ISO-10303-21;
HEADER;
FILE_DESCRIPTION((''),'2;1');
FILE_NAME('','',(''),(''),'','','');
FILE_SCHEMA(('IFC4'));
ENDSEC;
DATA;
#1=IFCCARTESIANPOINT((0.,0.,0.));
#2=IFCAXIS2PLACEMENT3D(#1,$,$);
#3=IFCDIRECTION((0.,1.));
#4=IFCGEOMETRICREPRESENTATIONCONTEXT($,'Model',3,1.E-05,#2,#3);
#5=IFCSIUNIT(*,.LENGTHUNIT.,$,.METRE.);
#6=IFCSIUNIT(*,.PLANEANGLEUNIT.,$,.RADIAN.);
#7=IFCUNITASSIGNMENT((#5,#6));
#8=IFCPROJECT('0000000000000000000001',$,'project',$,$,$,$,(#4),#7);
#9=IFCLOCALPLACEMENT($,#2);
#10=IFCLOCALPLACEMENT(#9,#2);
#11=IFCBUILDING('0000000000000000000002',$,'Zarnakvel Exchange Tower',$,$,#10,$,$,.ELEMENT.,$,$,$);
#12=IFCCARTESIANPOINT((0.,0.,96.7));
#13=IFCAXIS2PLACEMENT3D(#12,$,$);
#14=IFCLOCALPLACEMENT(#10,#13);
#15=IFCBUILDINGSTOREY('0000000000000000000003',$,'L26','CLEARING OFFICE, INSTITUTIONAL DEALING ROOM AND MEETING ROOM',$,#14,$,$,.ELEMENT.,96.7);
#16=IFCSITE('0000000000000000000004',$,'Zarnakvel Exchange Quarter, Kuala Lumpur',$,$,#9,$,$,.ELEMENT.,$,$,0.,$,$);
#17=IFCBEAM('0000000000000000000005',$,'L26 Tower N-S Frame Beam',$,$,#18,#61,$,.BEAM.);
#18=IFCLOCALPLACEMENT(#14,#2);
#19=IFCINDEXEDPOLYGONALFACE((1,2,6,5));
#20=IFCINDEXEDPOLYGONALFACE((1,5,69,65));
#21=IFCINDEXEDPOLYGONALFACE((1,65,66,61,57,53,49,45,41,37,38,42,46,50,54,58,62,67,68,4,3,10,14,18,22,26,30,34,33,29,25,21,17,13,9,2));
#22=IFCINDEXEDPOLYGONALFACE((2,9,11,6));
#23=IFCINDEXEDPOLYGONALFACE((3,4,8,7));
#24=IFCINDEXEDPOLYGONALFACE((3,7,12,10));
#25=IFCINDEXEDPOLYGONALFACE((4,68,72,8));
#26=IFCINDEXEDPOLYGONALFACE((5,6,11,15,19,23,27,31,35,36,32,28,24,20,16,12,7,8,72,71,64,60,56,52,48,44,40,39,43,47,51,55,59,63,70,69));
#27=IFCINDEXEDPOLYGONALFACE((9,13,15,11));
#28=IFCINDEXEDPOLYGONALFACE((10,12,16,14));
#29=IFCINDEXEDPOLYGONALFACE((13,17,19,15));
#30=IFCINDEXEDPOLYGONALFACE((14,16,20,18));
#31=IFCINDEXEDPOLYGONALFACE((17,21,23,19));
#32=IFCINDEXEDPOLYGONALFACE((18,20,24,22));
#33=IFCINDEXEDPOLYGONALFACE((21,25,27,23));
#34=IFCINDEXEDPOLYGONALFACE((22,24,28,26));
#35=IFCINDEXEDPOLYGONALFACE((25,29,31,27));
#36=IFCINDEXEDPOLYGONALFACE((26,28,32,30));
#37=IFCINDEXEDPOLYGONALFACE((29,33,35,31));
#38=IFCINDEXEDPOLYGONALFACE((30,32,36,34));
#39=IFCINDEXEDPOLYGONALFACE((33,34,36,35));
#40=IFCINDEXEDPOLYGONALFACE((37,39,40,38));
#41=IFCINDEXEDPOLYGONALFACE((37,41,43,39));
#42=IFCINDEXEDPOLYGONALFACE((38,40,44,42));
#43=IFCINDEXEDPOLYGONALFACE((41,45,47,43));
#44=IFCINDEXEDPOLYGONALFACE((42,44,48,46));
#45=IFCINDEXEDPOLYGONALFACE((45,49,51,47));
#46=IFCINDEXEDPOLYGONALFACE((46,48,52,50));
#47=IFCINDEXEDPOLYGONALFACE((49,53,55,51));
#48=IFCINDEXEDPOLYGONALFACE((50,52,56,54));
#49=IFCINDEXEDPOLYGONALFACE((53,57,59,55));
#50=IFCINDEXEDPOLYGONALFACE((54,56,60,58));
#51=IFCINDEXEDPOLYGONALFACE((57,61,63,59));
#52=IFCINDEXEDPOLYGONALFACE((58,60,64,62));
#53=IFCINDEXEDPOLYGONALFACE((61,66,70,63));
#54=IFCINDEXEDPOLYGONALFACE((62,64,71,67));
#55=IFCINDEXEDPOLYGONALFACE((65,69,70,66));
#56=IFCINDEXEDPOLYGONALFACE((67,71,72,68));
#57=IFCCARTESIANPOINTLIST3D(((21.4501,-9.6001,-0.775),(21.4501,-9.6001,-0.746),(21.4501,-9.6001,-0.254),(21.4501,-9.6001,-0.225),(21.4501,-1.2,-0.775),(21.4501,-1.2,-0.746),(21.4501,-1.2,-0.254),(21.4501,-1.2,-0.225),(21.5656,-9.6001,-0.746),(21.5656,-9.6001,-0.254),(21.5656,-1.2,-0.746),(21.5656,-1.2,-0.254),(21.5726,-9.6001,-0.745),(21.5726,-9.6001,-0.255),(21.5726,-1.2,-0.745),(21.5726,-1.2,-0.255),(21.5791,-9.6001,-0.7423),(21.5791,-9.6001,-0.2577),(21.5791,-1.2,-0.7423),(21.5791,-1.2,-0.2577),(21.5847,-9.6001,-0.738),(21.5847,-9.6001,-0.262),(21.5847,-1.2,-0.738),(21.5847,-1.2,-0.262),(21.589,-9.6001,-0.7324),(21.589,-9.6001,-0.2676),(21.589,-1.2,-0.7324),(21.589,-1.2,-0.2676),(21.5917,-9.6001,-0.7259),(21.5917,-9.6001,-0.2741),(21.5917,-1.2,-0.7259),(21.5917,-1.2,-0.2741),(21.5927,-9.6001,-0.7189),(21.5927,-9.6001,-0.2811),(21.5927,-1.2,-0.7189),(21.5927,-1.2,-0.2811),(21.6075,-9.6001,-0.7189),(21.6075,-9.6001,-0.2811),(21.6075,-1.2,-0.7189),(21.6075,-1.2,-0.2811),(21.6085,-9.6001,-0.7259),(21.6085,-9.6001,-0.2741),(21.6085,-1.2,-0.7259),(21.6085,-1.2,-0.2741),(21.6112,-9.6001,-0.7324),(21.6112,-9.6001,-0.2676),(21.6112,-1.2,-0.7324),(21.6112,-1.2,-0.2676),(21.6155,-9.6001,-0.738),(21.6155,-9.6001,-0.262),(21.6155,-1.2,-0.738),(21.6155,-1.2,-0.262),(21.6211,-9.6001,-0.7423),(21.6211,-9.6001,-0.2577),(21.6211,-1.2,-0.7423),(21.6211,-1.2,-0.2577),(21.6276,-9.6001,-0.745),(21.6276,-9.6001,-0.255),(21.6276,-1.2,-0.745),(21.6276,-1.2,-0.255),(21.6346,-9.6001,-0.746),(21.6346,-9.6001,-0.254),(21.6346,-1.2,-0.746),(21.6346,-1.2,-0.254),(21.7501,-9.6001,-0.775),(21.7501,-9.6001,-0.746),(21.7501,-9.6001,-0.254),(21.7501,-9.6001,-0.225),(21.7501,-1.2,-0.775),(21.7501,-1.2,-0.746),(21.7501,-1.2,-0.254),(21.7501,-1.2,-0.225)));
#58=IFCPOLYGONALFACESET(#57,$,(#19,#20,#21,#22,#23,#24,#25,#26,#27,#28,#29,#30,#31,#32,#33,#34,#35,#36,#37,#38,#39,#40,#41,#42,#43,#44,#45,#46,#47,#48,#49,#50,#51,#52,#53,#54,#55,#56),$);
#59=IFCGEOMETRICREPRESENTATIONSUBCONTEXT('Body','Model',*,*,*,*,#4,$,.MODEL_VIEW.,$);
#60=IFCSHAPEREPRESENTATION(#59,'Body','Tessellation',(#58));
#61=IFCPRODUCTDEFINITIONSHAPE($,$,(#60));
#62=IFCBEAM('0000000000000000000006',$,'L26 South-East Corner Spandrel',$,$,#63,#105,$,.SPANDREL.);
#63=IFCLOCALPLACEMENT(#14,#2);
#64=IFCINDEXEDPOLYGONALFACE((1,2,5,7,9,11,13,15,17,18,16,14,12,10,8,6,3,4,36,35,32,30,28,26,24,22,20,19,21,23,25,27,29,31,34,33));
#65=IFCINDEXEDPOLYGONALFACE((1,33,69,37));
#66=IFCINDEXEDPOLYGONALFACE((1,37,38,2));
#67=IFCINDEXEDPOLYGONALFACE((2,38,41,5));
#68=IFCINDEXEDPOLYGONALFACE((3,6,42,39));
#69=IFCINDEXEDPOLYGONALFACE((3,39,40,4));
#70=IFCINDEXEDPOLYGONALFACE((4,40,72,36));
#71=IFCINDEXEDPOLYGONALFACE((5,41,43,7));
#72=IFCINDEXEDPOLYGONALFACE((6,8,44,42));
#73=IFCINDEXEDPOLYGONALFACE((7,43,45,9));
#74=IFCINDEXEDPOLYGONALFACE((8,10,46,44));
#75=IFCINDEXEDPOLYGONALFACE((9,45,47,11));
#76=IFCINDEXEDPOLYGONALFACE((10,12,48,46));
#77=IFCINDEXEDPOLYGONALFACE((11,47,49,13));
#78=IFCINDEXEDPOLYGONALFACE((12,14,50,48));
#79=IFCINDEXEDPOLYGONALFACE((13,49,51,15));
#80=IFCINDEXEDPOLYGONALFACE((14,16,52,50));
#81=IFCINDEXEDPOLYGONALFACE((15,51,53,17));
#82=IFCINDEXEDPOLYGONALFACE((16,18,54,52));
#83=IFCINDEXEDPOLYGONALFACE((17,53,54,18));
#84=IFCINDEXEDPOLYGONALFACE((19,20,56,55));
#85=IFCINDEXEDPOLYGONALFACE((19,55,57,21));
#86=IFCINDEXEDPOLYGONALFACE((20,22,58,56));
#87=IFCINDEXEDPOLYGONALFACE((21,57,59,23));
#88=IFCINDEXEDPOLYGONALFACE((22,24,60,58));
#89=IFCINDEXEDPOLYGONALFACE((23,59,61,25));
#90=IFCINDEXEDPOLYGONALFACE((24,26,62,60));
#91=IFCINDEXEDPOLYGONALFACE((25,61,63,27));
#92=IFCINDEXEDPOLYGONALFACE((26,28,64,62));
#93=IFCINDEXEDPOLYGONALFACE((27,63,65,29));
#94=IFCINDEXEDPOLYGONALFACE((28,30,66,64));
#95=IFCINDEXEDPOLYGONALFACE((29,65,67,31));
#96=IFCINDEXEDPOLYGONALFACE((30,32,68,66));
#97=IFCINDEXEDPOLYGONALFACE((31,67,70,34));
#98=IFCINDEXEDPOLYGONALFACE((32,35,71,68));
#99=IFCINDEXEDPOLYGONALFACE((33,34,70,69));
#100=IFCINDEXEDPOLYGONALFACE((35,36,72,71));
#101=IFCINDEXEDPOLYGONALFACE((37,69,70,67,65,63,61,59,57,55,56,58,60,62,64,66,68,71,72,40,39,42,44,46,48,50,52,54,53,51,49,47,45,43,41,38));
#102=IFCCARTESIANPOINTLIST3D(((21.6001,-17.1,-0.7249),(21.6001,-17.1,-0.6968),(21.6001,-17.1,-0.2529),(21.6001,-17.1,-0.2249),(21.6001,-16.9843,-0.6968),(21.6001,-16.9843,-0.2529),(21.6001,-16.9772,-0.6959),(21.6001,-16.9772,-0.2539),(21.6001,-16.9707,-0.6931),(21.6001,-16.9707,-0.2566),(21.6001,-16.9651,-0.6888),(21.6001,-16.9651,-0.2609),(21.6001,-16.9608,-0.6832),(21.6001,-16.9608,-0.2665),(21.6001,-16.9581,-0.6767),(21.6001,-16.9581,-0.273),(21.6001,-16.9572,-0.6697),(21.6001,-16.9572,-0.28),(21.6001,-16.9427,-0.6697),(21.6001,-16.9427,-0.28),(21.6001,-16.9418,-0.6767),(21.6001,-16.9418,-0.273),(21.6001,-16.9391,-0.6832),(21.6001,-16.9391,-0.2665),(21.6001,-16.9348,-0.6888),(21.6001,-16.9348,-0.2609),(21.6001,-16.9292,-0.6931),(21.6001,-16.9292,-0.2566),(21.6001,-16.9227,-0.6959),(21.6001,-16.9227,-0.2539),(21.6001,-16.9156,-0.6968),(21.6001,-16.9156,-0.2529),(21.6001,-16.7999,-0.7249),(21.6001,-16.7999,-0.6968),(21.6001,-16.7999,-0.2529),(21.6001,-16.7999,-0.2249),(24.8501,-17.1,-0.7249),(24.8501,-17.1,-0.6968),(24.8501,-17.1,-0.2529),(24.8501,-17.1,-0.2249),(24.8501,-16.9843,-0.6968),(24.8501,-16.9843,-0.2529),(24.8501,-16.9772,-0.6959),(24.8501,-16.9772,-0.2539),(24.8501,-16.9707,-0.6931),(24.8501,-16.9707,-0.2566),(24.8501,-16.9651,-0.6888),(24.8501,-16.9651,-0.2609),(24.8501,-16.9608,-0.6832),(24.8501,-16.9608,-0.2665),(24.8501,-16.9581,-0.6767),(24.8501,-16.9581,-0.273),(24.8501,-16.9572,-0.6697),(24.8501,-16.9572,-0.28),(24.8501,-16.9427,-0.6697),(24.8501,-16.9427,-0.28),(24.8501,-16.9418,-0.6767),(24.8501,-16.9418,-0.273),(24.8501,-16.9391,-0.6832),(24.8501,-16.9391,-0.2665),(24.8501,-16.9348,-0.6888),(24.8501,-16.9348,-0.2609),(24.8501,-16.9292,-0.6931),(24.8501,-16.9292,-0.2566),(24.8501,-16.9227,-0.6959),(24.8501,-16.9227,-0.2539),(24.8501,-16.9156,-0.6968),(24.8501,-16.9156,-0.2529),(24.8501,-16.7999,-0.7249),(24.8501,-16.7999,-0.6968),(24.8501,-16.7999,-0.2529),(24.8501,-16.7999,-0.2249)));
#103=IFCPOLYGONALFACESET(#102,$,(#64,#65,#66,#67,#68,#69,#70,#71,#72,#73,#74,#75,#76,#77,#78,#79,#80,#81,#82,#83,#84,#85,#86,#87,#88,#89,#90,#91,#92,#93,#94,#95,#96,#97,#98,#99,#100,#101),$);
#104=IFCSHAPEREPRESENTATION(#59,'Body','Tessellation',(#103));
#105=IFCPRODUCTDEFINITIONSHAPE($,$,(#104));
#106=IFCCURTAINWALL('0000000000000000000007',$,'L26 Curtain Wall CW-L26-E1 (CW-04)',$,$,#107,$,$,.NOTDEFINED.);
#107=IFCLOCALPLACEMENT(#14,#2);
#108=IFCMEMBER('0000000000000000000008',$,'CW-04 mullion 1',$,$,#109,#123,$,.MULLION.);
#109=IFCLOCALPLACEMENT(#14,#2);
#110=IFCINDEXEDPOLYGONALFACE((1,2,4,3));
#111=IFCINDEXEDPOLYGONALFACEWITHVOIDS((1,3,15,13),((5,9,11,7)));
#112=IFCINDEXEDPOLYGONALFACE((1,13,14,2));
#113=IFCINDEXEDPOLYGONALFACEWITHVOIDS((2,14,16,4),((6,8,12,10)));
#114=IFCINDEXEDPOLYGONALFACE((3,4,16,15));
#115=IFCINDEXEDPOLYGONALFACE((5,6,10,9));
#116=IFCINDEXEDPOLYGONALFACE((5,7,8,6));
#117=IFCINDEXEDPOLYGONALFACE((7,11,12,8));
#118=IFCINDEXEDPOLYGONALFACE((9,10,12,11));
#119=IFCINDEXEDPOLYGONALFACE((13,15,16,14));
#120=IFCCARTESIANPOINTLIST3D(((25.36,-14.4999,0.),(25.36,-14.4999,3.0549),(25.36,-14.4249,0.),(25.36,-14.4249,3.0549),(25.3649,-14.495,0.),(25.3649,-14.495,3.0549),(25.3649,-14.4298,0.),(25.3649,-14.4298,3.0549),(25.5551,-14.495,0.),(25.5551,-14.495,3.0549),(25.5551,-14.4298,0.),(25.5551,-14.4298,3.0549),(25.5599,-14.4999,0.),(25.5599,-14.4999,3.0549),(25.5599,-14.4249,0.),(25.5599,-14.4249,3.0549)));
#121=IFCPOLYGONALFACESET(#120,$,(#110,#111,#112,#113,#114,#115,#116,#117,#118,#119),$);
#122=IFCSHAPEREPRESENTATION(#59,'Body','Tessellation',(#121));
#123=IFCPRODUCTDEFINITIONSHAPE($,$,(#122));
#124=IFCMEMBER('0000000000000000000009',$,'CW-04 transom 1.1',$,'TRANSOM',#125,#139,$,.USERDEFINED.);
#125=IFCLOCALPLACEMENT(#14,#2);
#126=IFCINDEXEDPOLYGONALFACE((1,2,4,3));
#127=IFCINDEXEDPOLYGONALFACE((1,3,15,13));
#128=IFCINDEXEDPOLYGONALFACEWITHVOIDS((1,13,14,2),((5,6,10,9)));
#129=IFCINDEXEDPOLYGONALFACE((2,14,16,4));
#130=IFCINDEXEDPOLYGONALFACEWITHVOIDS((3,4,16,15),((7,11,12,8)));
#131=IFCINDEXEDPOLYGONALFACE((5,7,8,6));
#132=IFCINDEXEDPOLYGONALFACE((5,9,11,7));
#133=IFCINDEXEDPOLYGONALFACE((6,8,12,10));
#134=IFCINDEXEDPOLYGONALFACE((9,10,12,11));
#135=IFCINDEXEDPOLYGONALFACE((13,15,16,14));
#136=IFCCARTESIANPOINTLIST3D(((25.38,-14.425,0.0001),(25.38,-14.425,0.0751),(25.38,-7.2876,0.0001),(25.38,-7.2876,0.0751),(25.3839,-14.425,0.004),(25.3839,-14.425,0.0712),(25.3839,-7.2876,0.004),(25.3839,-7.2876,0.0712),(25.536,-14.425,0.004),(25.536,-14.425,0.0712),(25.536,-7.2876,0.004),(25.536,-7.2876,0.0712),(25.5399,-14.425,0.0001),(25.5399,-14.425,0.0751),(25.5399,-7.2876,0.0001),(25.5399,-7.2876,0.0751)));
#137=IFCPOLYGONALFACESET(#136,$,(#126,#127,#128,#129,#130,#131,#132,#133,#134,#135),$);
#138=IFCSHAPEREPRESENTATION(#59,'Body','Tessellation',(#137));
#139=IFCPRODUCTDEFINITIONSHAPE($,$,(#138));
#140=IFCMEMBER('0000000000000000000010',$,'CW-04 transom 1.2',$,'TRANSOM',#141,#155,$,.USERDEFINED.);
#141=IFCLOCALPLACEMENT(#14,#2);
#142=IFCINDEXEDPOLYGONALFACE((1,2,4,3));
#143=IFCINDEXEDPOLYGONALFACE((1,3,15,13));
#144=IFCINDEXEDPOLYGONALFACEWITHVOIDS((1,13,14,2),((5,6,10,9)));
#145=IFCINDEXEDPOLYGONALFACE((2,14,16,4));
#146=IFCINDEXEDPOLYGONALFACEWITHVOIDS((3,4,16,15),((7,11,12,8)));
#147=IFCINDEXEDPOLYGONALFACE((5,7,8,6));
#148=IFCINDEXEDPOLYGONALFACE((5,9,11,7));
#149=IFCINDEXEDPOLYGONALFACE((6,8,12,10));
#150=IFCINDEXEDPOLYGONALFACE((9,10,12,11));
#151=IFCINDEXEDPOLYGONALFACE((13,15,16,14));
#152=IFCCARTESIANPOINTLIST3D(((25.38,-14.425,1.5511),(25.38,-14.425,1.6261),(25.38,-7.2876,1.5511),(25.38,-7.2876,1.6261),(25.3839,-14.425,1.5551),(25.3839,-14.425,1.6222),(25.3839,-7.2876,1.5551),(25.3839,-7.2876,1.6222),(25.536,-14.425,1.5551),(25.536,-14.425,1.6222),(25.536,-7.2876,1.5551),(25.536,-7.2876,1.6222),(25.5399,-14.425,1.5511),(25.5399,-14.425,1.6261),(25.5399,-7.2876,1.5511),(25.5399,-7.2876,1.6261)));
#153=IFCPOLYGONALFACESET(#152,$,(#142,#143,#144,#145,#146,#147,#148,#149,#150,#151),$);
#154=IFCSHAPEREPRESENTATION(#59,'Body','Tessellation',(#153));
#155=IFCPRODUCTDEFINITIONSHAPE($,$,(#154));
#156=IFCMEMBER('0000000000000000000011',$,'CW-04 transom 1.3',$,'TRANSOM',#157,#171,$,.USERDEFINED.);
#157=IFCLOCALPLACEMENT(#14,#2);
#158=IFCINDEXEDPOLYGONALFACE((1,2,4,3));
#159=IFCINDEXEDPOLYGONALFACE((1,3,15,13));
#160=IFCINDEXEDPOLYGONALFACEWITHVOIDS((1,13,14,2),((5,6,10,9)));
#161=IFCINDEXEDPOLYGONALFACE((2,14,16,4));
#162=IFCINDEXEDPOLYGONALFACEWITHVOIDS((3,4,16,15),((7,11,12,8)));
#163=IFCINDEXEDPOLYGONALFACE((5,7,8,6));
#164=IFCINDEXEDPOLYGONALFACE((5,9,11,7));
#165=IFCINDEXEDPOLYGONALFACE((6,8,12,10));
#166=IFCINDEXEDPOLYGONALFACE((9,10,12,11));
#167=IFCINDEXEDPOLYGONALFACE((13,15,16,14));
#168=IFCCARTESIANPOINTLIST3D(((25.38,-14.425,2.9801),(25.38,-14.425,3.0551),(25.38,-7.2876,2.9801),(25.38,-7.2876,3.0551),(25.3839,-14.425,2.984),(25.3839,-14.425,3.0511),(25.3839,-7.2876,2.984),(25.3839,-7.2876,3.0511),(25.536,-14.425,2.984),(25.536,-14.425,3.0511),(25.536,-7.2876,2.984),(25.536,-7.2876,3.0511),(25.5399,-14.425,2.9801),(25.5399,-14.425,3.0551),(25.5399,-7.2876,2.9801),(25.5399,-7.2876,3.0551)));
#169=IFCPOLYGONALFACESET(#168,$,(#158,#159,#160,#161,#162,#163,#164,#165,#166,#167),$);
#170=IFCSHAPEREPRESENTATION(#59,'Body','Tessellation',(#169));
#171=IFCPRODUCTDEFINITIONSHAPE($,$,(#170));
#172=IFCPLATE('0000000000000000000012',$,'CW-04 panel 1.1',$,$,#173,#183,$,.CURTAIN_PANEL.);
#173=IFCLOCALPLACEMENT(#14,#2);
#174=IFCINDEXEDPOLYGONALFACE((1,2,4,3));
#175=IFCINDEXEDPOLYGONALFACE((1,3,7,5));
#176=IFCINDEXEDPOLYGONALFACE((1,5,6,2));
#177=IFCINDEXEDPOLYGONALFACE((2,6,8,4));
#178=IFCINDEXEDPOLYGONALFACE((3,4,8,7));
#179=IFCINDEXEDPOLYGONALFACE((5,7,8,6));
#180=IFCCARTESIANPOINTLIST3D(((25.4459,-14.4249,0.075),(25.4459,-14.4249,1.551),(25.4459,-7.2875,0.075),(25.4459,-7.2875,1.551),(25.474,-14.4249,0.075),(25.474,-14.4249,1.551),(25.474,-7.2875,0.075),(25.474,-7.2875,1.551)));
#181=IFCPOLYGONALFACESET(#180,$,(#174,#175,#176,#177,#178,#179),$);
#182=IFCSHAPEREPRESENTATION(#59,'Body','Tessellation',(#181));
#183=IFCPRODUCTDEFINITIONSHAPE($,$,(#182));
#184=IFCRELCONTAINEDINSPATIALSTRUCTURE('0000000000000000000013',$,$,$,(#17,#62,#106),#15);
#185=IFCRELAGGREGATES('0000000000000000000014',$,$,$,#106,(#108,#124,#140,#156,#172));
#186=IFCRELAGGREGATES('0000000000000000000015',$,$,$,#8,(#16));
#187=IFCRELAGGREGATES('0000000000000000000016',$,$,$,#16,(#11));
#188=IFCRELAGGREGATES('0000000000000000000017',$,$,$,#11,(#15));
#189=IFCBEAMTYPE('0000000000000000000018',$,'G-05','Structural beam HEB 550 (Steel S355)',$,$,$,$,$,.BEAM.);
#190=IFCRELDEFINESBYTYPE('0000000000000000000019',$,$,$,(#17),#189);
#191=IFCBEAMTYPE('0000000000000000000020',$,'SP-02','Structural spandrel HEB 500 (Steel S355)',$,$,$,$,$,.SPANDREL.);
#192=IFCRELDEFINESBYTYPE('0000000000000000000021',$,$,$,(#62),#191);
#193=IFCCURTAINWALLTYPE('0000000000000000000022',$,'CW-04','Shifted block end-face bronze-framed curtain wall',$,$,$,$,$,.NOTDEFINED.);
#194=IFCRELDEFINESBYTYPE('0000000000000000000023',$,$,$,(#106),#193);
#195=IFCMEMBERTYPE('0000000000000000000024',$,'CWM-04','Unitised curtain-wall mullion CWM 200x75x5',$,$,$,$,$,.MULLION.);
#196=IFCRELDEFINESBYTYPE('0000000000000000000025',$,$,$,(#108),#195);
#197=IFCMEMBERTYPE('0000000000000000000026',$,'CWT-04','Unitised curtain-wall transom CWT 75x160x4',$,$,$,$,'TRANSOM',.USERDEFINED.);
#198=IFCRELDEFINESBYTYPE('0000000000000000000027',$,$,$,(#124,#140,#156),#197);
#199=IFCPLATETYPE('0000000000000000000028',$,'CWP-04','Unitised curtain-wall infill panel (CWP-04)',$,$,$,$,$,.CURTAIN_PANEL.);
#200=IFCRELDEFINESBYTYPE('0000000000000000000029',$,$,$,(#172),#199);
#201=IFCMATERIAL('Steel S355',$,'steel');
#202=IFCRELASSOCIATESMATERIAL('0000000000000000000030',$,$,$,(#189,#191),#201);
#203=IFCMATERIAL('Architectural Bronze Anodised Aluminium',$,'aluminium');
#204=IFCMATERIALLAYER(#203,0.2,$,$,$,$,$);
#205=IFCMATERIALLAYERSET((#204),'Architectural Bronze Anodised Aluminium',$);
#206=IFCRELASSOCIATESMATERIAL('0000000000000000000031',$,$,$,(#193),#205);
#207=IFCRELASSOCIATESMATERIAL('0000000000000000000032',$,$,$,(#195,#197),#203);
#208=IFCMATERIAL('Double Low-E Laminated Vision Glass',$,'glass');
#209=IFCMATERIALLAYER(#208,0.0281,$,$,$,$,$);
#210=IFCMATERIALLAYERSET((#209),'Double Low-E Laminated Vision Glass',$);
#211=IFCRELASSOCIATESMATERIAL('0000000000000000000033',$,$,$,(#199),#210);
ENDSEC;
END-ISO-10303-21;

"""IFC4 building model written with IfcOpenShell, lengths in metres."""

from ifc_helpers import new_model, si_unit, direction, frame, origin, origin_2d, place, context, subcontext, project, spatial, rectangle, hollow_rectangle, i_section, extrude, source, transform, mapped, material, layer, layer_set, material_profile, profile_set, type_object, element, aggregate, save


model = new_model("IFC4")

# Units and contexts
model_context = context("Model", 3, precision=1e-05, world=origin(), true_north=direction((0.0, 1.0)))
body_context = subcontext(model_context, "Body", "Model", "MODEL_VIEW")
ifc_project = project(units=[si_unit("LENGTHUNIT", "METRE"), si_unit("PLANEANGLEUNIT", "RADIAN")], contexts=[model_context])

# Site, building, storey
site_placement = place(None, origin())
site = spatial("IfcSite", under=ifc_project, at=site_placement, Name="Zarnakvel Exchange Quarter, Kuala Lumpur", CompositionType="ELEMENT", RefElevation=0.0)
building_placement = place(site_placement, origin())
building = spatial("IfcBuilding", under=site, at=building_placement, Name="Zarnakvel Exchange Tower", CompositionType="ELEMENT")
storey_placement = place(building_placement, frame((0.0, 0.0, 96.7)))
storey = spatial("IfcBuildingStorey", under=building, at=storey_placement, Name="L26", Description="CLEARING OFFICE, INSTITUTIONAL DEALING ROOM AND MEETING ROOM", CompositionType="ELEMENT", Elevation=96.7)

# Shared definitions
ifc_material_1 = material(Name="Steel S355", Category="steel")

# Beams
ifc_material_profile_1 = material_profile(ifc_material_1, i_section(OverallWidth=0.3, OverallDepth=0.55, WebThickness=0.0149, FlangeThickness=0.0291, FilletRadius=0.0271, at=origin_2d()))
ifc_profile_set_1 = profile_set([ifc_material_profile_1], Name="Steel S355")
beam_type_1 = type_object("IfcBeamType", Name="G-05", Description="Structural beam HEB 550 (Steel S355)", PredefinedType="BEAM", material=ifc_profile_set_1)
beam_1_placement = place(storey_placement, frame((21.6001, -9.6001, -0.5), z_axis=(0.0, 1.0, 0.0), x_axis=(-1.0, 0.0, 0.0)))
element("IfcBeam", 1, at=beam_1_placement, inside=storey, type_object=beam_type_1, Name="L26 Tower N-S Frame Beam", PredefinedType="BEAM", context=body_context, shape_type="SweptSolid", body=[
    extrude(i_section(OverallWidth=0.3, OverallDepth=0.55, WebThickness=0.0149, FlangeThickness=0.0291, FilletRadius=0.0271, at=origin_2d()), origin(), (0.0, 0.0, 1.0), 8.4001),
])
ifc_material_profile_2 = material_profile(ifc_material_1, i_section(OverallWidth=0.3, OverallDepth=0.5, WebThickness=0.0144, FlangeThickness=0.0281, FilletRadius=0.0271, at=origin_2d()))
ifc_profile_set_2 = profile_set([ifc_material_profile_2], Name="Steel S355")
beam_type_2 = type_object("IfcBeamType", Name="SP-02", Description="Structural spandrel HEB 500 (Steel S355)", PredefinedType="SPANDREL", material=ifc_profile_set_2)
beam_2_placement = place(storey_placement, frame((21.6001, -16.95, -0.4749), z_axis=(1.0, 0.0, 0.0), x_axis=(0.0, 1.0, 0.0)))
element("IfcBeam", 2, at=beam_2_placement, inside=storey, type_object=beam_type_2, Name="L26 South-East Corner Spandrel", PredefinedType="SPANDREL", context=body_context, shape_type="SweptSolid", body=[
    extrude(i_section(OverallWidth=0.3, OverallDepth=0.5, WebThickness=0.0144, FlangeThickness=0.0281, FilletRadius=0.0271, at=origin_2d()), origin(), (0.0, 0.0, 1.0), 3.25),
])

# Curtain wall, members, plate
ifc_material_2 = material(Name="Architectural Bronze Anodised Aluminium", Category="aluminium")
ifc_layer_1 = layer(ifc_material_2, 0.2)
ifc_layer_set_1 = layer_set([ifc_layer_1], Name="Architectural Bronze Anodised Aluminium")
curtain_wall_type = type_object("IfcCurtainWallType", Name="CW-04", Description="Shifted block end-face bronze-framed curtain wall", PredefinedType="NOTDEFINED", material=ifc_layer_set_1)
curtain_wall_placement = place(storey_placement, origin())
curtain_wall = element("IfcCurtainWall", 3, at=curtain_wall_placement, inside=storey, type_object=curtain_wall_type, Name="L26 Curtain Wall CW-L26-E1 (CW-04)", PredefinedType="NOTDEFINED")
ifc_material_profile_3 = material_profile(ifc_material_2, hollow_rectangle(XDim=0.2, YDim=0.075, WallThickness=0.0049, at=origin_2d()))
ifc_profile_set_3 = profile_set([ifc_material_profile_3], Name="Architectural Bronze Anodised Aluminium")
member_type_1 = type_object("IfcMemberType", Name="CWM-04", Description="Unitised curtain-wall mullion CWM 200x75x5", PredefinedType="MULLION", material=ifc_profile_set_3)
shared_shape_1 = source(origin(), body_context, "Body", "SweptSolid", [
    extrude(hollow_rectangle(XDim=0.2, YDim=0.075, WallThickness=0.0049, at=origin_2d()), origin(), (0.0, 0.0, 1.0), 3.0549),
])
member_1_placement = place(storey_placement, frame((25.46, -14.4624, 0.0), z_axis=(0.0, 0.0, 1.0), x_axis=(-1.0, 0.0, 0.0)))
member_1 = element("IfcMember", 4, at=member_1_placement, type_object=member_type_1, Name="CW-04 mullion 1", PredefinedType="MULLION", context=body_context, shape_type="MappedRepresentation", body=[
    mapped(shared_shape_1, transform((0.0, 0.0, 0.0), x_axis=(1.0, 0.0, 0.0), y_axis=(0.0, 1.0, 0.0), z_axis=(0.0, 0.0, 1.0), scale=1.0)),
])
ifc_material_profile_4 = material_profile(ifc_material_2, hollow_rectangle(XDim=0.1599, YDim=0.075, WallThickness=0.0039, at=origin_2d()))
ifc_profile_set_4 = profile_set([ifc_material_profile_4], Name="Architectural Bronze Anodised Aluminium")
member_type_2 = type_object("IfcMemberType", Name="CWT-04", Description="Unitised curtain-wall transom CWT 75x160x4", ElementType="TRANSOM", PredefinedType="USERDEFINED", material=ifc_profile_set_4)
shared_shape_2 = source(origin(), body_context, "Body", "SweptSolid", [
    extrude(hollow_rectangle(XDim=0.1599, YDim=0.075, WallThickness=0.0039, at=origin_2d()), origin(), (0.0, 0.0, 1.0), 7.1375),
])
member_2_placement = place(storey_placement, frame((25.46, -14.425, 0.0376), z_axis=(0.0, 1.0, 0.0), x_axis=(-1.0, 0.0, 0.0)))
member_2 = element("IfcMember", 5, at=member_2_placement, type_object=member_type_2, Name="CW-04 transom 1.1", ObjectType="TRANSOM", PredefinedType="USERDEFINED", context=body_context, shape_type="MappedRepresentation", body=[
    mapped(shared_shape_2, transform((0.0, 0.0, 0.0), x_axis=(1.0, 0.0, 0.0), y_axis=(0.0, 1.0, 0.0), z_axis=(0.0, 0.0, 1.0), scale=1.0)),
])
member_3_placement = place(storey_placement, frame((25.46, -14.425, 1.5886), z_axis=(0.0, 1.0, 0.0), x_axis=(-1.0, 0.0, 0.0)))
member_3 = element("IfcMember", 6, at=member_3_placement, type_object=member_type_2, Name="CW-04 transom 1.2", ObjectType="TRANSOM", PredefinedType="USERDEFINED", context=body_context, shape_type="MappedRepresentation", body=[
    mapped(shared_shape_2, transform((0.0, 0.0, 0.0), x_axis=(1.0, 0.0, 0.0), y_axis=(0.0, 1.0, 0.0), z_axis=(0.0, 0.0, 1.0), scale=1.0)),
])
member_4_placement = place(storey_placement, frame((25.46, -14.425, 3.0176), z_axis=(0.0, 1.0, 0.0), x_axis=(-1.0, 0.0, 0.0)))
member_4 = element("IfcMember", 7, at=member_4_placement, type_object=member_type_2, Name="CW-04 transom 1.3", ObjectType="TRANSOM", PredefinedType="USERDEFINED", context=body_context, shape_type="MappedRepresentation", body=[
    mapped(shared_shape_2, transform((0.0, 0.0, 0.0), x_axis=(1.0, 0.0, 0.0), y_axis=(0.0, 1.0, 0.0), z_axis=(0.0, 0.0, 1.0), scale=1.0)),
])
ifc_material_3 = material(Name="Double Low-E Laminated Vision Glass", Category="glass")
ifc_layer_2 = layer(ifc_material_3, 0.0281)
ifc_layer_set_2 = layer_set([ifc_layer_2], Name="Double Low-E Laminated Vision Glass")
plate_type = type_object("IfcPlateType", Name="CWP-04", Description="Unitised curtain-wall infill panel (CWP-04)", PredefinedType="CURTAIN_PANEL", material=ifc_layer_set_2)
shared_shape_3 = source(origin(), body_context, "Body", "SweptSolid", [
    extrude(rectangle(XDim=7.1375, YDim=0.0281, at=origin_2d()), origin(), (0.0, 0.0, 1.0), 1.4761),
])
plate_1_placement = place(storey_placement, frame((25.46, -10.8562, 0.075), z_axis=(0.0, 0.0, 1.0), x_axis=(0.0, 1.0, 0.0)))
plate_1 = element("IfcPlate", 8, at=plate_1_placement, type_object=plate_type, Name="CW-04 panel 1.1", PredefinedType="CURTAIN_PANEL", context=body_context, shape_type="MappedRepresentation", body=[
    mapped(shared_shape_3, transform((0.0, 0.0, 0.0), x_axis=(1.0, 0.0, 0.0), y_axis=(0.0, 1.0, 0.0), z_axis=(0.0, 0.0, 1.0), scale=1.0)),
])
aggregate(curtain_wall, [member_1, member_2, member_3, member_4, plate_1])

save(model, "model.ifc")
